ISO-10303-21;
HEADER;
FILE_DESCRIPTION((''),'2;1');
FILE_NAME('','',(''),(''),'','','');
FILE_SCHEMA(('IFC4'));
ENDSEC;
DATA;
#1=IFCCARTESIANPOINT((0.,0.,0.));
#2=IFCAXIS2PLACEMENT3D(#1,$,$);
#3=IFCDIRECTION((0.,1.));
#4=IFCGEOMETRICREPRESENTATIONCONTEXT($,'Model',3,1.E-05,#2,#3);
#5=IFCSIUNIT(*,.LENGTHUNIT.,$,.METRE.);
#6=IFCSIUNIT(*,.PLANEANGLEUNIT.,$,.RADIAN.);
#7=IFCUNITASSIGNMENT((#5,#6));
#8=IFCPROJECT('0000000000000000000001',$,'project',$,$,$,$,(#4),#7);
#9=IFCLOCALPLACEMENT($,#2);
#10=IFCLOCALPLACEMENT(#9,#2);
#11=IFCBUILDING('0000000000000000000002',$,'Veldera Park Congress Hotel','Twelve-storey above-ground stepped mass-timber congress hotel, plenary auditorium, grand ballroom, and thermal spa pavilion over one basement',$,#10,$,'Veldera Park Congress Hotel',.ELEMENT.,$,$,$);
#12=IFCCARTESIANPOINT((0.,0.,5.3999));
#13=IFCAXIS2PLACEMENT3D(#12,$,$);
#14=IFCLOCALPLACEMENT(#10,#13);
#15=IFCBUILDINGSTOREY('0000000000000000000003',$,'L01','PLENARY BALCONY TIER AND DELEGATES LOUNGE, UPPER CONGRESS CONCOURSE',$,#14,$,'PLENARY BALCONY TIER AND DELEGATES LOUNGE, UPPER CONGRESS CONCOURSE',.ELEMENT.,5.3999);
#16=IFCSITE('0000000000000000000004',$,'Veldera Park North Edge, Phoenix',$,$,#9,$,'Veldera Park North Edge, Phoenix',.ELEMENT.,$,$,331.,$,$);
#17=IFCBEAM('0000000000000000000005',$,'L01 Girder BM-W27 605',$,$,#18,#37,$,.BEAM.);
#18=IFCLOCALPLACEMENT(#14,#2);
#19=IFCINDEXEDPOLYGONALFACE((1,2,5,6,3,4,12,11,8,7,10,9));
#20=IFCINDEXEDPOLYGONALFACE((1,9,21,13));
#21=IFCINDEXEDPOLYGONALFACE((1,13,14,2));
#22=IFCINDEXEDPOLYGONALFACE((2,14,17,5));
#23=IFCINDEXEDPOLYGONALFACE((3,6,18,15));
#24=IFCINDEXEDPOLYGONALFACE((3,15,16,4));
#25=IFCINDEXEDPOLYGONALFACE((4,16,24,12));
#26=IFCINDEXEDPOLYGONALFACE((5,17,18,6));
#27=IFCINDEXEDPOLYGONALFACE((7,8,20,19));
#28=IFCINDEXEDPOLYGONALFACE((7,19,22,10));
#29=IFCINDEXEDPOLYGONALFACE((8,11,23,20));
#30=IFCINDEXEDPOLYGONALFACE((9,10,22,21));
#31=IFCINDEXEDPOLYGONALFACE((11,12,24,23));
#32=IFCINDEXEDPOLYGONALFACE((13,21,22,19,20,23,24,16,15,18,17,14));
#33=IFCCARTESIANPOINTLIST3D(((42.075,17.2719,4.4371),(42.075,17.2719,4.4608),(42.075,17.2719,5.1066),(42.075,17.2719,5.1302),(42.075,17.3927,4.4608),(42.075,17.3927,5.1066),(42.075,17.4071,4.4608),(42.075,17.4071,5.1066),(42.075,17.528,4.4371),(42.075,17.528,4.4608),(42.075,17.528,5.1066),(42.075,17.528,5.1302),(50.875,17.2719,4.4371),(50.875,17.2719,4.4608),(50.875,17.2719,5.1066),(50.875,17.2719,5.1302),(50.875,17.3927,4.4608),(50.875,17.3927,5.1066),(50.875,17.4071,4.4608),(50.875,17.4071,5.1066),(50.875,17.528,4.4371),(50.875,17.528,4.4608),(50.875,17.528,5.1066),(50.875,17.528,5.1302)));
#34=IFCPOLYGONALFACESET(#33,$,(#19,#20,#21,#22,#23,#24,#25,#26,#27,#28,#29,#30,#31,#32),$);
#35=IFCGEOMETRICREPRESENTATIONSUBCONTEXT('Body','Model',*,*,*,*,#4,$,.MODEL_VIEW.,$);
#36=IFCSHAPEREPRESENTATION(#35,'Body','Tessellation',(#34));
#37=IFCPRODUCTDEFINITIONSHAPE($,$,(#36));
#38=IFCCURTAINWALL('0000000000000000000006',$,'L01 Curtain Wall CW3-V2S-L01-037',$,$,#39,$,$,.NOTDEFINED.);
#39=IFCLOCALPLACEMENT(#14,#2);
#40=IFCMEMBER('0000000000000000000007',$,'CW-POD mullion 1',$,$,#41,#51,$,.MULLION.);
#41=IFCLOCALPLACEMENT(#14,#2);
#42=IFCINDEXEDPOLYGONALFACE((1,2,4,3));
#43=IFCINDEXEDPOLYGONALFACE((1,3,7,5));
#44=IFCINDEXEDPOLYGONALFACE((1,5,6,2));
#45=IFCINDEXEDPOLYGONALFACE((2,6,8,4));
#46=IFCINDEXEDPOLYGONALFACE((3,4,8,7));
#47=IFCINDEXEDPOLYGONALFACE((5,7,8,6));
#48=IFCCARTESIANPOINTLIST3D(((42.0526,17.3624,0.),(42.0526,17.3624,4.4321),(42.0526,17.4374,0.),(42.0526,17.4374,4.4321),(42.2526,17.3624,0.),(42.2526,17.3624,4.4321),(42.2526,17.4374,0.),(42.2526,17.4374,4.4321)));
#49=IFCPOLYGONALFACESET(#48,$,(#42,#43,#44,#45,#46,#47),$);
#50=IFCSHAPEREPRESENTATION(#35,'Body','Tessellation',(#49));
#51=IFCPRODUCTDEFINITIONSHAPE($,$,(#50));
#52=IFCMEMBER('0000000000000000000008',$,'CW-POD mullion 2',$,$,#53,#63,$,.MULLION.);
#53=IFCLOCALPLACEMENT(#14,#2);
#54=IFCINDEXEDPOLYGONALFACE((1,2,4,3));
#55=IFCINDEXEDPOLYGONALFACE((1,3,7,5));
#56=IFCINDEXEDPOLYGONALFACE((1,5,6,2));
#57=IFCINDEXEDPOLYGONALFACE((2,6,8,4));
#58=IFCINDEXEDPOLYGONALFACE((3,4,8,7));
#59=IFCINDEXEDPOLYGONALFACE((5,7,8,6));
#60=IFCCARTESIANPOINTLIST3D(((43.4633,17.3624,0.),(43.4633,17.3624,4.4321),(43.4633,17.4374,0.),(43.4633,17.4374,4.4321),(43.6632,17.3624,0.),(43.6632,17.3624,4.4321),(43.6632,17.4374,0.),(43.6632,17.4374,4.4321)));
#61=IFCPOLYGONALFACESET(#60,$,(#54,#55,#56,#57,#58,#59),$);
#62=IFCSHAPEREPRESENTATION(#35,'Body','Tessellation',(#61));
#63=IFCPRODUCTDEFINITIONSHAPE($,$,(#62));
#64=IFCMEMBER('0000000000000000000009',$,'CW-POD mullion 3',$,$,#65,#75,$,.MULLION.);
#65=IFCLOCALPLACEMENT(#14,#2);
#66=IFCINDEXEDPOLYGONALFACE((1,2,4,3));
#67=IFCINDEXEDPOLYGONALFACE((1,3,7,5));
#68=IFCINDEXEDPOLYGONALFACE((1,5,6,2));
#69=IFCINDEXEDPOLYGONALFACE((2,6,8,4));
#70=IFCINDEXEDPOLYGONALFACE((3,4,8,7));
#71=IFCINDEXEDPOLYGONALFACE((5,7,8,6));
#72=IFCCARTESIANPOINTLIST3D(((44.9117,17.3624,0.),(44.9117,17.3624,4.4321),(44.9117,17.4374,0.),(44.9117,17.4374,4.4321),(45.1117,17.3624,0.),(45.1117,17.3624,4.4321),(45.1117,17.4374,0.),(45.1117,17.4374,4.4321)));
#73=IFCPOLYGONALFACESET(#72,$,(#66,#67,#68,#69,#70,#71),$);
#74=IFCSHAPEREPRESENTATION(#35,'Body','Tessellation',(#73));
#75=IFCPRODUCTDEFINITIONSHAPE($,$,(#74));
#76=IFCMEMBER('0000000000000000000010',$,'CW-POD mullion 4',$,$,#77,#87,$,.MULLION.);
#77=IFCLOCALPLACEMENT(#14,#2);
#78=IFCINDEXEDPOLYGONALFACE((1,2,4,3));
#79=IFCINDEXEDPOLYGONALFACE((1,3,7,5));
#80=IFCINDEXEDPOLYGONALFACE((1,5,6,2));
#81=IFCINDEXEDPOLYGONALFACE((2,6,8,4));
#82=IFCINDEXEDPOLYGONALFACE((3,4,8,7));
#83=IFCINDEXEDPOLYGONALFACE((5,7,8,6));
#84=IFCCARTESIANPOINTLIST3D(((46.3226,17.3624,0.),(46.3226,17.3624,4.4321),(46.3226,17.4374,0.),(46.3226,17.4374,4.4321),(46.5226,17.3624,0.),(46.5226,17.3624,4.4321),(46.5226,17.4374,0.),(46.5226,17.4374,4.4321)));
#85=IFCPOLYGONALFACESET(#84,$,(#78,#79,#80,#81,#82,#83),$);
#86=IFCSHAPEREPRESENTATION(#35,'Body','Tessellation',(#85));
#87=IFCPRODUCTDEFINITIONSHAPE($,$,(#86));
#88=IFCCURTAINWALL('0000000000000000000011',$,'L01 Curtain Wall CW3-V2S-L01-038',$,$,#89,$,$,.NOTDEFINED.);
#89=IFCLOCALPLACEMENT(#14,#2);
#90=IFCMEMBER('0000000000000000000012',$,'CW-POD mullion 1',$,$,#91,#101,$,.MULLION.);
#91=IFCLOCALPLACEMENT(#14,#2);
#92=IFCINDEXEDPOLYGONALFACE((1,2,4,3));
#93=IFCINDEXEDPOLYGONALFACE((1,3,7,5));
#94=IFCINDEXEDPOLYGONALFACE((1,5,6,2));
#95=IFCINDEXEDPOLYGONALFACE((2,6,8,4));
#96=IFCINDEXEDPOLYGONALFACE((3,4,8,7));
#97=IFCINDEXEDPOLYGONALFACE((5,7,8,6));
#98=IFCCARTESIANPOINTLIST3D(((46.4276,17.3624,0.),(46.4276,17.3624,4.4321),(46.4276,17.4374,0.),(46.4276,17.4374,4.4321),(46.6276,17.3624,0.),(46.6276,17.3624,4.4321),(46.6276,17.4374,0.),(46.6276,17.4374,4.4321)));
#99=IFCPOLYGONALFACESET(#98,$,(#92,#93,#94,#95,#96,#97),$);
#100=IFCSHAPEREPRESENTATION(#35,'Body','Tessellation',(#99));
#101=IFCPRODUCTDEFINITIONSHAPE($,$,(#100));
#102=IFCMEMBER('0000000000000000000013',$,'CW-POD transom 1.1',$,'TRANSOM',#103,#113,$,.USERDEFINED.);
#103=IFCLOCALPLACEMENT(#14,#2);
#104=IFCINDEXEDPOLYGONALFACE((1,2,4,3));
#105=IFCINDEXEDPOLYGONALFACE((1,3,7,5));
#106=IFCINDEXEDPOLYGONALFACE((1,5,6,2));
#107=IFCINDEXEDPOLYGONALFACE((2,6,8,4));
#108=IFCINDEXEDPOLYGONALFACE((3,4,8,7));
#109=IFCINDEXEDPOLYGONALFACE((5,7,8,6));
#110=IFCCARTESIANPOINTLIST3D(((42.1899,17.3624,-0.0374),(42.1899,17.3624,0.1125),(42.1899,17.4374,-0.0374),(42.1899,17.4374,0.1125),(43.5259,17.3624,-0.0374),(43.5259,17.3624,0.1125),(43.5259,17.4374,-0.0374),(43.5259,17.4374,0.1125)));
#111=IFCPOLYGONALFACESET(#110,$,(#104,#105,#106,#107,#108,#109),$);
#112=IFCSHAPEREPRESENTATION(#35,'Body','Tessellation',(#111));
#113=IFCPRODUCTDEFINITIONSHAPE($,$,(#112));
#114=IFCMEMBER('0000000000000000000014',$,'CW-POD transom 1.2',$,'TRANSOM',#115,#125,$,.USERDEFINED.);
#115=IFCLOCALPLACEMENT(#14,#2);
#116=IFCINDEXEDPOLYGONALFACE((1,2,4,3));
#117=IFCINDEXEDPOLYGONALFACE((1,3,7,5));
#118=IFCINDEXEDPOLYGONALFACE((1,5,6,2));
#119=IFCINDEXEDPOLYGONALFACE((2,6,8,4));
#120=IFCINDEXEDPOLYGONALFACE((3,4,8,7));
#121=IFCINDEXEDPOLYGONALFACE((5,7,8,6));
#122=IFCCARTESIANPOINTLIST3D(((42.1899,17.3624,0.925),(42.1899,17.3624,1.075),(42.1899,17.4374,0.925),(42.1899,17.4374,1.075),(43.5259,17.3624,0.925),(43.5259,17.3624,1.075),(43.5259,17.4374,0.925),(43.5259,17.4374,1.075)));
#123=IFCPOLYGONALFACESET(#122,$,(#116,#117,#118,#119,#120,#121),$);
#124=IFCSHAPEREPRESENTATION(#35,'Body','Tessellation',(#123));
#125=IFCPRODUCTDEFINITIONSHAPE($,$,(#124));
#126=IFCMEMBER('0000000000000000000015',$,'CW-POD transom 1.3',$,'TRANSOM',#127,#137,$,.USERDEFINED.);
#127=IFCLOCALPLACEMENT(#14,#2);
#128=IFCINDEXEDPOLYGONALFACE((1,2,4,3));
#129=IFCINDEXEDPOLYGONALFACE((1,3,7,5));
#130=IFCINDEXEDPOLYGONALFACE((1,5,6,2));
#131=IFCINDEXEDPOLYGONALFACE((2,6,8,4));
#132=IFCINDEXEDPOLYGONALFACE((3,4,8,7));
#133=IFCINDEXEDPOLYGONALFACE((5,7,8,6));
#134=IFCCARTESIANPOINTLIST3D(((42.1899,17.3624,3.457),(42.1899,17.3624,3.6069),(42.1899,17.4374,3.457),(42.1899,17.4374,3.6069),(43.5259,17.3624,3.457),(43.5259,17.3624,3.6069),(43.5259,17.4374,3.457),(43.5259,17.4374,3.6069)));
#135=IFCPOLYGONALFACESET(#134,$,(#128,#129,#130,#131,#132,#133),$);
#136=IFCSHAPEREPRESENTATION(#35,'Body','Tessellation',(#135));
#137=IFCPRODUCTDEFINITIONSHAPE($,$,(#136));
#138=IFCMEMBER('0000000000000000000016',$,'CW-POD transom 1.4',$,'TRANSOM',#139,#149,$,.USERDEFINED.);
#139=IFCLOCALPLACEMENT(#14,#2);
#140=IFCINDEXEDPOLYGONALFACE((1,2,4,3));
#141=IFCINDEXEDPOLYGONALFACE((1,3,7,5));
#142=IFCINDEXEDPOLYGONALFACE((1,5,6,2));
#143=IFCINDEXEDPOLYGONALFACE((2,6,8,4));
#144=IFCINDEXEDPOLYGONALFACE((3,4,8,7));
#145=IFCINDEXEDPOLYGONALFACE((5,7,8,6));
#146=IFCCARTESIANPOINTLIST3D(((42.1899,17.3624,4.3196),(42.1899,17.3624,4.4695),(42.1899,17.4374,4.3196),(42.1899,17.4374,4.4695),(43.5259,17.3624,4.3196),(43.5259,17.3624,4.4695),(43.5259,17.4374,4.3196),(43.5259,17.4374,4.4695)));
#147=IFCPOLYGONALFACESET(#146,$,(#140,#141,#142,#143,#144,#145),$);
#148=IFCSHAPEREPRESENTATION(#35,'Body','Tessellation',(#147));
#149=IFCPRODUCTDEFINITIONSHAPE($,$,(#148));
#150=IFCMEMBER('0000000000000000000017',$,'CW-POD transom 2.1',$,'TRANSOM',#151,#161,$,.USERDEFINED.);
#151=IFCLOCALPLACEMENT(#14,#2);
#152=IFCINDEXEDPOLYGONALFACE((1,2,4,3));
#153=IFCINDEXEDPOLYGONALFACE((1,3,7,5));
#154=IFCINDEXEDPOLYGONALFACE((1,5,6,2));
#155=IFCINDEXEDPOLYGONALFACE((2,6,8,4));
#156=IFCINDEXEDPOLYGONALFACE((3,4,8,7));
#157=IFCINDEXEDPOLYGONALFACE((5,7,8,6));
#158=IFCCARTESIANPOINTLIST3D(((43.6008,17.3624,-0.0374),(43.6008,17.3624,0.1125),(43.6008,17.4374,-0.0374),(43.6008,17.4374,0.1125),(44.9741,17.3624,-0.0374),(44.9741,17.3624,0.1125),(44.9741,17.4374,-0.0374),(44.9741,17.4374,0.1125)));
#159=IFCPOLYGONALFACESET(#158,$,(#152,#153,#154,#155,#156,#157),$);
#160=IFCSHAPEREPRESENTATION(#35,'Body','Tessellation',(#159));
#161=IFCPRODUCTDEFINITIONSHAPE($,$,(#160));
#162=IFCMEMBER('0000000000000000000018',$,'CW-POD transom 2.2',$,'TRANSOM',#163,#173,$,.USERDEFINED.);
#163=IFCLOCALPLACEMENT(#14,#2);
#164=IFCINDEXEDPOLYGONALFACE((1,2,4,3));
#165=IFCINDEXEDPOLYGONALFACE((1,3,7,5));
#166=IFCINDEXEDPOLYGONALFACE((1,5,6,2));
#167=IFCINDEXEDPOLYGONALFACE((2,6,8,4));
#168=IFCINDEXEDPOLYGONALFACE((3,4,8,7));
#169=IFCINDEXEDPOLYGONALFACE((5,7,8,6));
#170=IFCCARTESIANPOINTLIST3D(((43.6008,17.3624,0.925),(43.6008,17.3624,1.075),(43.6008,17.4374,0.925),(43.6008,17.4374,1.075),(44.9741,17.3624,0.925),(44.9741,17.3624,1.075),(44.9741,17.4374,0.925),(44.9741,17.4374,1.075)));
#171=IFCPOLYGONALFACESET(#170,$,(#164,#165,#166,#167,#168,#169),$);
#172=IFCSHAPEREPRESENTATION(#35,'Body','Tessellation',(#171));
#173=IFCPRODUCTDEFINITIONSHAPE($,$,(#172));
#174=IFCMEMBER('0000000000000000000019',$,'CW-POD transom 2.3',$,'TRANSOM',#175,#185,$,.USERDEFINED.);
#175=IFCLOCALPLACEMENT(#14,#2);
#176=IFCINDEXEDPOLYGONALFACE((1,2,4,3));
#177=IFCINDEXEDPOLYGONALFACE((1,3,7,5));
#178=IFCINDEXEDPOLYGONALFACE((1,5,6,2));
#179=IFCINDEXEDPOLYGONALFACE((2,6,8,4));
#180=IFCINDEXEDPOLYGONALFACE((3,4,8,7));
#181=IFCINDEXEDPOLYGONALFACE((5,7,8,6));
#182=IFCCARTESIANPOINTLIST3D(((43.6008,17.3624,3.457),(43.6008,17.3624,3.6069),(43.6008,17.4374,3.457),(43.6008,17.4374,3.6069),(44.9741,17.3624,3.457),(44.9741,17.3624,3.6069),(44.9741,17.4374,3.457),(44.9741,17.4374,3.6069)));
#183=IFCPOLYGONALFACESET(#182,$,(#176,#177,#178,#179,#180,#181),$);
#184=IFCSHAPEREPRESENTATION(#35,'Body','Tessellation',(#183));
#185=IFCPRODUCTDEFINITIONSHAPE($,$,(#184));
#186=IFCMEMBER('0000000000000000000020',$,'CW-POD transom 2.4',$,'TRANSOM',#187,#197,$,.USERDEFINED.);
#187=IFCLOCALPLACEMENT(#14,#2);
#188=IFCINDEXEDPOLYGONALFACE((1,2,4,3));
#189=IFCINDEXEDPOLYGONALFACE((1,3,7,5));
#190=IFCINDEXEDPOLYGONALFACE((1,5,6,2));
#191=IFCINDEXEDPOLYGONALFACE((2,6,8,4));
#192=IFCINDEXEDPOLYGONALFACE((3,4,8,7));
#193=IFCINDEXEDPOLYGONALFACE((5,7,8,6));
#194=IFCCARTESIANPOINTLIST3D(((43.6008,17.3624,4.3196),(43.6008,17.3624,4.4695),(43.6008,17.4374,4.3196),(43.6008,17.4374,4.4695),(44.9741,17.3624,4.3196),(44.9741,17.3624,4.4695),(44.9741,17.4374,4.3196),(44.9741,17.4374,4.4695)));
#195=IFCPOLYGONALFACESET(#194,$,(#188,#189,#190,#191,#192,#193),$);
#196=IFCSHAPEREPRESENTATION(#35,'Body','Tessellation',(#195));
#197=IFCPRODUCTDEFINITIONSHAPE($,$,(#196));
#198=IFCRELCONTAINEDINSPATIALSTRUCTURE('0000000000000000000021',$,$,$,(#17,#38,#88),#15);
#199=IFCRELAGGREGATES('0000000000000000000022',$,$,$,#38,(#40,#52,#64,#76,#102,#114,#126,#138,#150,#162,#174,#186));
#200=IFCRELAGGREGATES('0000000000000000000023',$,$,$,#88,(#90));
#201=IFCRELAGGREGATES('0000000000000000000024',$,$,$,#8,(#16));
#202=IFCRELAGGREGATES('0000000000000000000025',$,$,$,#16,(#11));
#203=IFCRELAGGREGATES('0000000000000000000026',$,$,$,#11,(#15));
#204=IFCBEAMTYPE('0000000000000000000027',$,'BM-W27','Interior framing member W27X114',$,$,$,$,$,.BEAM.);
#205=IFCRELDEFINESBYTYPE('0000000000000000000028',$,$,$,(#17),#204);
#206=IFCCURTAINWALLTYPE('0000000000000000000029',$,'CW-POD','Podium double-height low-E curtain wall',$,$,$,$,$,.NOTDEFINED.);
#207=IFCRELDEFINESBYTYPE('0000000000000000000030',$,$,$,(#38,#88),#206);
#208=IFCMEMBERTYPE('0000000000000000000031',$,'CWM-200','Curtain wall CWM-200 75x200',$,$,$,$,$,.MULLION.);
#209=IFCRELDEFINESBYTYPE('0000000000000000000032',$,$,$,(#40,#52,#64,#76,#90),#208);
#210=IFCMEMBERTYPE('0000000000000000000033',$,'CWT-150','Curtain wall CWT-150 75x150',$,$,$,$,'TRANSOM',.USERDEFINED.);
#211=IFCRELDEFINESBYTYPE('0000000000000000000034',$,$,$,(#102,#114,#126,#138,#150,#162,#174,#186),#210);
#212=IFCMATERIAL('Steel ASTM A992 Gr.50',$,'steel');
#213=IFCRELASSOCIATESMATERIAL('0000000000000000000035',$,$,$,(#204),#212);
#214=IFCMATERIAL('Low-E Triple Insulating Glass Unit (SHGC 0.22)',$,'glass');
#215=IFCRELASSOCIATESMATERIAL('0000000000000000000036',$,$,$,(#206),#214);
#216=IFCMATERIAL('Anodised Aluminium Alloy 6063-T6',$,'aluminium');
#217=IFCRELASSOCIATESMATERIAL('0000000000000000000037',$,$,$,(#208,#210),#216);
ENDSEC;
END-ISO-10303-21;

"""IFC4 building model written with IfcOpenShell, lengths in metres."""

from ifc_helpers import new_model, si_unit, direction, frame, origin, origin_2d, place, context, subcontext, project, spatial, rectangle, i_section, extrude, material, material_profile, profile_set, type_object, element, aggregate, save


model = new_model("IFC4")

# Units and contexts
model_context = context("Model", 3, precision=1e-05, world=origin(), true_north=direction((0.0, 1.0)))
body_context = subcontext(model_context, "Body", "Model", "MODEL_VIEW")
ifc_project = project(units=[si_unit("LENGTHUNIT", "METRE"), si_unit("PLANEANGLEUNIT", "RADIAN")], contexts=[model_context])

# Site, building, storey
site_placement = place(None, origin())
site = spatial("IfcSite", under=ifc_project, at=site_placement, Name="Veldera Park North Edge, Phoenix", LongName="Veldera Park North Edge, Phoenix", CompositionType="ELEMENT", RefElevation=331.0)
building_placement = place(site_placement, origin())
building = spatial("IfcBuilding", under=site, at=building_placement, Name="Veldera Park Congress Hotel", Description="Twelve-storey above-ground stepped mass-timber congress hotel, plenary auditorium, grand ballroom, and thermal spa pavilion over one basement", LongName="Veldera Park Congress Hotel", CompositionType="ELEMENT")
storey_placement = place(building_placement, frame((0.0, 0.0, 5.3999)))
storey = spatial("IfcBuildingStorey", under=building, at=storey_placement, Name="L01", Description="PLENARY BALCONY TIER AND DELEGATES LOUNGE, UPPER CONGRESS CONCOURSE", LongName="PLENARY BALCONY TIER AND DELEGATES LOUNGE, UPPER CONGRESS CONCOURSE", CompositionType="ELEMENT", Elevation=5.3999)

# Beam
ifc_material_1 = material(Name="Steel ASTM A992 Gr.50", Category="steel")
ifc_material_profile_1 = material_profile(ifc_material_1, i_section(OverallWidth=0.2561, OverallDepth=0.6931, WebThickness=0.0144, FlangeThickness=0.0237, at=origin_2d()), Name="W27X114")
ifc_profile_set_1 = profile_set([ifc_material_profile_1], Name="Steel ASTM A992 Gr.50")
beam_type = type_object("IfcBeamType", Name="BM-W27", Description="Interior framing member W27X114", PredefinedType="BEAM", material=ifc_profile_set_1)
beam_placement = place(storey_placement, frame((42.075, 17.3999, 4.7837), z_axis=(1.0, 0.0, 0.0), x_axis=(0.0, 1.0, 0.0)))
element("IfcBeam", 1, at=beam_placement, inside=storey, type_object=beam_type, Name="L01 Girder BM-W27 605", PredefinedType="BEAM", context=body_context, shape_type="SweptSolid", body=[
    extrude(i_section(OverallWidth=0.2561, OverallDepth=0.6931, WebThickness=0.0144, FlangeThickness=0.0237, at=origin_2d()), origin(), (0.0, 0.0, 1.0), 8.8),
])

# Curtain wall, members
ifc_material_2 = material(Name="Low-E Triple Insulating Glass Unit (SHGC 0.22)", Category="glass")
curtain_wall_type = type_object("IfcCurtainWallType", Name="CW-POD", Description="Podium double-height low-E curtain wall", PredefinedType="NOTDEFINED", material=ifc_material_2)
curtain_wall_1_placement = place(storey_placement, origin())
curtain_wall_1 = element("IfcCurtainWall", 2, at=curtain_wall_1_placement, inside=storey, type_object=curtain_wall_type, Name="L01 Curtain Wall CW3-V2S-L01-037", PredefinedType="NOTDEFINED")
ifc_material_3 = material(Name="Anodised Aluminium Alloy 6063-T6", Category="aluminium")
ifc_material_profile_2 = material_profile(ifc_material_3, rectangle(XDim=0.075, YDim=0.2, at=origin_2d()), Name="ALU 75x200")
ifc_profile_set_2 = profile_set([ifc_material_profile_2], Name="Anodised Aluminium Alloy 6063-T6")
member_type_1 = type_object("IfcMemberType", Name="CWM-200", Description="Curtain wall CWM-200 75x200", PredefinedType="MULLION", material=ifc_profile_set_2)
member_1_placement = place(storey_placement, frame((42.1526, 17.3999, 0.0), z_axis=(0.0, 0.0, 1.0), x_axis=(0.0, 1.0, 0.0)))
member_1 = element("IfcMember", 3, at=member_1_placement, type_object=member_type_1, Name="CW-POD mullion 1", PredefinedType="MULLION", context=body_context, shape_type="SweptSolid", body=[
    extrude(rectangle(XDim=0.075, YDim=0.2, at=origin_2d()), origin(), (0.0, 0.0, 1.0), 4.4321),
])
member_2_placement = place(storey_placement, frame((43.5632, 17.3999, 0.0), z_axis=(0.0, 0.0, 1.0), x_axis=(0.0, 1.0, 0.0)))
member_2 = element("IfcMember", 4, at=member_2_placement, type_object=member_type_1, Name="CW-POD mullion 2", PredefinedType="MULLION", context=body_context, shape_type="SweptSolid", body=[
    extrude(rectangle(XDim=0.075, YDim=0.2, at=origin_2d()), origin(), (0.0, 0.0, 1.0), 4.4321),
])
member_3_placement = place(storey_placement, frame((45.0117, 17.3999, 0.0), z_axis=(0.0, 0.0, 1.0), x_axis=(0.0, 1.0, 0.0)))
member_3 = element("IfcMember", 5, at=member_3_placement, type_object=member_type_1, Name="CW-POD mullion 3", PredefinedType="MULLION", context=body_context, shape_type="SweptSolid", body=[
    extrude(rectangle(XDim=0.075, YDim=0.2, at=origin_2d()), origin(), (0.0, 0.0, 1.0), 4.4321),
])
member_4_placement = place(storey_placement, frame((46.4226, 17.3999, 0.0), z_axis=(0.0, 0.0, 1.0), x_axis=(0.0, 1.0, 0.0)))
member_4 = element("IfcMember", 6, at=member_4_placement, type_object=member_type_1, Name="CW-POD mullion 4", PredefinedType="MULLION", context=body_context, shape_type="SweptSolid", body=[
    extrude(rectangle(XDim=0.075, YDim=0.2, at=origin_2d()), origin(), (0.0, 0.0, 1.0), 4.4321),
])

# Curtain wall, member
curtain_wall_2_placement = place(storey_placement, origin())
curtain_wall_2 = element("IfcCurtainWall", 7, at=curtain_wall_2_placement, inside=storey, type_object=curtain_wall_type, Name="L01 Curtain Wall CW3-V2S-L01-038", PredefinedType="NOTDEFINED")
member_5_placement = place(storey_placement, frame((46.5276, 17.3999, 0.0), z_axis=(0.0, 0.0, 1.0), x_axis=(0.0, 1.0, 0.0)))
member_5 = element("IfcMember", 8, at=member_5_placement, type_object=member_type_1, Name="CW-POD mullion 1", PredefinedType="MULLION", context=body_context, shape_type="SweptSolid", body=[
    extrude(rectangle(XDim=0.075, YDim=0.2, at=origin_2d()), origin(), (0.0, 0.0, 1.0), 4.4321),
])

# Members
ifc_material_profile_3 = material_profile(ifc_material_3, rectangle(XDim=0.075, YDim=0.1499, at=origin_2d()), Name="ALU 75x150")
ifc_profile_set_3 = profile_set([ifc_material_profile_3], Name="Anodised Aluminium Alloy 6063-T6")
member_type_2 = type_object("IfcMemberType", Name="CWT-150", Description="Curtain wall CWT-150 75x150", ElementType="TRANSOM", PredefinedType="USERDEFINED", material=ifc_profile_set_3)
member_6_placement = place(storey_placement, frame((42.1899, 17.3999, 0.0376), z_axis=(1.0, 0.0, 0.0), x_axis=(0.0, 1.0, 0.0)))
member_6 = element("IfcMember", 9, at=member_6_placement, type_object=member_type_2, Name="CW-POD transom 1.1", ObjectType="TRANSOM", PredefinedType="USERDEFINED", context=body_context, shape_type="SweptSolid", body=[
    extrude(rectangle(XDim=0.075, YDim=0.1499, at=origin_2d()), origin(), (0.0, 0.0, 1.0), 1.3359),
])
member_7_placement = place(storey_placement, frame((42.1899, 17.3999, 1.0), z_axis=(1.0, 0.0, 0.0), x_axis=(0.0, 1.0, 0.0)))
member_7 = element("IfcMember", 10, at=member_7_placement, type_object=member_type_2, Name="CW-POD transom 1.2", ObjectType="TRANSOM", PredefinedType="USERDEFINED", context=body_context, shape_type="SweptSolid", body=[
    extrude(rectangle(XDim=0.075, YDim=0.1499, at=origin_2d()), origin(), (0.0, 0.0, 1.0), 1.3359),
])
member_8_placement = place(storey_placement, frame((42.1899, 17.3999, 3.532), z_axis=(1.0, 0.0, 0.0), x_axis=(0.0, 1.0, 0.0)))
member_8 = element("IfcMember", 11, at=member_8_placement, type_object=member_type_2, Name="CW-POD transom 1.3", ObjectType="TRANSOM", PredefinedType="USERDEFINED", context=body_context, shape_type="SweptSolid", body=[
    extrude(rectangle(XDim=0.075, YDim=0.1499, at=origin_2d()), origin(), (0.0, 0.0, 1.0), 1.3359),
])
member_9_placement = place(storey_placement, frame((42.1899, 17.3999, 4.3945), z_axis=(1.0, 0.0, 0.0), x_axis=(0.0, 1.0, 0.0)))
member_9 = element("IfcMember", 12, at=member_9_placement, type_object=member_type_2, Name="CW-POD transom 1.4", ObjectType="TRANSOM", PredefinedType="USERDEFINED", context=body_context, shape_type="SweptSolid", body=[
    extrude(rectangle(XDim=0.075, YDim=0.1499, at=origin_2d()), origin(), (0.0, 0.0, 1.0), 1.3359),
])
member_10_placement = place(storey_placement, frame((43.6008, 17.3999, 0.0376), z_axis=(1.0, 0.0, 0.0), x_axis=(0.0, 1.0, 0.0)))
member_10 = element("IfcMember", 13, at=member_10_placement, type_object=member_type_2, Name="CW-POD transom 2.1", ObjectType="TRANSOM", PredefinedType="USERDEFINED", context=body_context, shape_type="SweptSolid", body=[
    extrude(rectangle(XDim=0.075, YDim=0.1499, at=origin_2d()), origin(), (0.0, 0.0, 1.0), 1.3733),
])
member_11_placement = place(storey_placement, frame((43.6008, 17.3999, 1.0), z_axis=(1.0, 0.0, 0.0), x_axis=(0.0, 1.0, 0.0)))
member_11 = element("IfcMember", 14, at=member_11_placement, type_object=member_type_2, Name="CW-POD transom 2.2", ObjectType="TRANSOM", PredefinedType="USERDEFINED", context=body_context, shape_type="SweptSolid", body=[
    extrude(rectangle(XDim=0.075, YDim=0.1499, at=origin_2d()), origin(), (0.0, 0.0, 1.0), 1.3733),
])
member_12_placement = place(storey_placement, frame((43.6008, 17.3999, 3.532), z_axis=(1.0, 0.0, 0.0), x_axis=(0.0, 1.0, 0.0)))
member_12 = element("IfcMember", 15, at=member_12_placement, type_object=member_type_2, Name="CW-POD transom 2.3", ObjectType="TRANSOM", PredefinedType="USERDEFINED", context=body_context, shape_type="SweptSolid", body=[
    extrude(rectangle(XDim=0.075, YDim=0.1499, at=origin_2d()), origin(), (0.0, 0.0, 1.0), 1.3733),
])
member_13_placement = place(storey_placement, frame((43.6008, 17.3999, 4.3945), z_axis=(1.0, 0.0, 0.0), x_axis=(0.0, 1.0, 0.0)))
member_13 = element("IfcMember", 16, at=member_13_placement, type_object=member_type_2, Name="CW-POD transom 2.4", ObjectType="TRANSOM", PredefinedType="USERDEFINED", context=body_context, shape_type="SweptSolid", body=[
    extrude(rectangle(XDim=0.075, YDim=0.1499, at=origin_2d()), origin(), (0.0, 0.0, 1.0), 1.3733),
])

aggregate(curtain_wall_1, [member_1, member_2, member_3, member_4, member_6, member_7, member_8, member_9, member_10, member_11, member_12, member_13])
aggregate(curtain_wall_2, [member_5])

save(model, "model.ifc")
